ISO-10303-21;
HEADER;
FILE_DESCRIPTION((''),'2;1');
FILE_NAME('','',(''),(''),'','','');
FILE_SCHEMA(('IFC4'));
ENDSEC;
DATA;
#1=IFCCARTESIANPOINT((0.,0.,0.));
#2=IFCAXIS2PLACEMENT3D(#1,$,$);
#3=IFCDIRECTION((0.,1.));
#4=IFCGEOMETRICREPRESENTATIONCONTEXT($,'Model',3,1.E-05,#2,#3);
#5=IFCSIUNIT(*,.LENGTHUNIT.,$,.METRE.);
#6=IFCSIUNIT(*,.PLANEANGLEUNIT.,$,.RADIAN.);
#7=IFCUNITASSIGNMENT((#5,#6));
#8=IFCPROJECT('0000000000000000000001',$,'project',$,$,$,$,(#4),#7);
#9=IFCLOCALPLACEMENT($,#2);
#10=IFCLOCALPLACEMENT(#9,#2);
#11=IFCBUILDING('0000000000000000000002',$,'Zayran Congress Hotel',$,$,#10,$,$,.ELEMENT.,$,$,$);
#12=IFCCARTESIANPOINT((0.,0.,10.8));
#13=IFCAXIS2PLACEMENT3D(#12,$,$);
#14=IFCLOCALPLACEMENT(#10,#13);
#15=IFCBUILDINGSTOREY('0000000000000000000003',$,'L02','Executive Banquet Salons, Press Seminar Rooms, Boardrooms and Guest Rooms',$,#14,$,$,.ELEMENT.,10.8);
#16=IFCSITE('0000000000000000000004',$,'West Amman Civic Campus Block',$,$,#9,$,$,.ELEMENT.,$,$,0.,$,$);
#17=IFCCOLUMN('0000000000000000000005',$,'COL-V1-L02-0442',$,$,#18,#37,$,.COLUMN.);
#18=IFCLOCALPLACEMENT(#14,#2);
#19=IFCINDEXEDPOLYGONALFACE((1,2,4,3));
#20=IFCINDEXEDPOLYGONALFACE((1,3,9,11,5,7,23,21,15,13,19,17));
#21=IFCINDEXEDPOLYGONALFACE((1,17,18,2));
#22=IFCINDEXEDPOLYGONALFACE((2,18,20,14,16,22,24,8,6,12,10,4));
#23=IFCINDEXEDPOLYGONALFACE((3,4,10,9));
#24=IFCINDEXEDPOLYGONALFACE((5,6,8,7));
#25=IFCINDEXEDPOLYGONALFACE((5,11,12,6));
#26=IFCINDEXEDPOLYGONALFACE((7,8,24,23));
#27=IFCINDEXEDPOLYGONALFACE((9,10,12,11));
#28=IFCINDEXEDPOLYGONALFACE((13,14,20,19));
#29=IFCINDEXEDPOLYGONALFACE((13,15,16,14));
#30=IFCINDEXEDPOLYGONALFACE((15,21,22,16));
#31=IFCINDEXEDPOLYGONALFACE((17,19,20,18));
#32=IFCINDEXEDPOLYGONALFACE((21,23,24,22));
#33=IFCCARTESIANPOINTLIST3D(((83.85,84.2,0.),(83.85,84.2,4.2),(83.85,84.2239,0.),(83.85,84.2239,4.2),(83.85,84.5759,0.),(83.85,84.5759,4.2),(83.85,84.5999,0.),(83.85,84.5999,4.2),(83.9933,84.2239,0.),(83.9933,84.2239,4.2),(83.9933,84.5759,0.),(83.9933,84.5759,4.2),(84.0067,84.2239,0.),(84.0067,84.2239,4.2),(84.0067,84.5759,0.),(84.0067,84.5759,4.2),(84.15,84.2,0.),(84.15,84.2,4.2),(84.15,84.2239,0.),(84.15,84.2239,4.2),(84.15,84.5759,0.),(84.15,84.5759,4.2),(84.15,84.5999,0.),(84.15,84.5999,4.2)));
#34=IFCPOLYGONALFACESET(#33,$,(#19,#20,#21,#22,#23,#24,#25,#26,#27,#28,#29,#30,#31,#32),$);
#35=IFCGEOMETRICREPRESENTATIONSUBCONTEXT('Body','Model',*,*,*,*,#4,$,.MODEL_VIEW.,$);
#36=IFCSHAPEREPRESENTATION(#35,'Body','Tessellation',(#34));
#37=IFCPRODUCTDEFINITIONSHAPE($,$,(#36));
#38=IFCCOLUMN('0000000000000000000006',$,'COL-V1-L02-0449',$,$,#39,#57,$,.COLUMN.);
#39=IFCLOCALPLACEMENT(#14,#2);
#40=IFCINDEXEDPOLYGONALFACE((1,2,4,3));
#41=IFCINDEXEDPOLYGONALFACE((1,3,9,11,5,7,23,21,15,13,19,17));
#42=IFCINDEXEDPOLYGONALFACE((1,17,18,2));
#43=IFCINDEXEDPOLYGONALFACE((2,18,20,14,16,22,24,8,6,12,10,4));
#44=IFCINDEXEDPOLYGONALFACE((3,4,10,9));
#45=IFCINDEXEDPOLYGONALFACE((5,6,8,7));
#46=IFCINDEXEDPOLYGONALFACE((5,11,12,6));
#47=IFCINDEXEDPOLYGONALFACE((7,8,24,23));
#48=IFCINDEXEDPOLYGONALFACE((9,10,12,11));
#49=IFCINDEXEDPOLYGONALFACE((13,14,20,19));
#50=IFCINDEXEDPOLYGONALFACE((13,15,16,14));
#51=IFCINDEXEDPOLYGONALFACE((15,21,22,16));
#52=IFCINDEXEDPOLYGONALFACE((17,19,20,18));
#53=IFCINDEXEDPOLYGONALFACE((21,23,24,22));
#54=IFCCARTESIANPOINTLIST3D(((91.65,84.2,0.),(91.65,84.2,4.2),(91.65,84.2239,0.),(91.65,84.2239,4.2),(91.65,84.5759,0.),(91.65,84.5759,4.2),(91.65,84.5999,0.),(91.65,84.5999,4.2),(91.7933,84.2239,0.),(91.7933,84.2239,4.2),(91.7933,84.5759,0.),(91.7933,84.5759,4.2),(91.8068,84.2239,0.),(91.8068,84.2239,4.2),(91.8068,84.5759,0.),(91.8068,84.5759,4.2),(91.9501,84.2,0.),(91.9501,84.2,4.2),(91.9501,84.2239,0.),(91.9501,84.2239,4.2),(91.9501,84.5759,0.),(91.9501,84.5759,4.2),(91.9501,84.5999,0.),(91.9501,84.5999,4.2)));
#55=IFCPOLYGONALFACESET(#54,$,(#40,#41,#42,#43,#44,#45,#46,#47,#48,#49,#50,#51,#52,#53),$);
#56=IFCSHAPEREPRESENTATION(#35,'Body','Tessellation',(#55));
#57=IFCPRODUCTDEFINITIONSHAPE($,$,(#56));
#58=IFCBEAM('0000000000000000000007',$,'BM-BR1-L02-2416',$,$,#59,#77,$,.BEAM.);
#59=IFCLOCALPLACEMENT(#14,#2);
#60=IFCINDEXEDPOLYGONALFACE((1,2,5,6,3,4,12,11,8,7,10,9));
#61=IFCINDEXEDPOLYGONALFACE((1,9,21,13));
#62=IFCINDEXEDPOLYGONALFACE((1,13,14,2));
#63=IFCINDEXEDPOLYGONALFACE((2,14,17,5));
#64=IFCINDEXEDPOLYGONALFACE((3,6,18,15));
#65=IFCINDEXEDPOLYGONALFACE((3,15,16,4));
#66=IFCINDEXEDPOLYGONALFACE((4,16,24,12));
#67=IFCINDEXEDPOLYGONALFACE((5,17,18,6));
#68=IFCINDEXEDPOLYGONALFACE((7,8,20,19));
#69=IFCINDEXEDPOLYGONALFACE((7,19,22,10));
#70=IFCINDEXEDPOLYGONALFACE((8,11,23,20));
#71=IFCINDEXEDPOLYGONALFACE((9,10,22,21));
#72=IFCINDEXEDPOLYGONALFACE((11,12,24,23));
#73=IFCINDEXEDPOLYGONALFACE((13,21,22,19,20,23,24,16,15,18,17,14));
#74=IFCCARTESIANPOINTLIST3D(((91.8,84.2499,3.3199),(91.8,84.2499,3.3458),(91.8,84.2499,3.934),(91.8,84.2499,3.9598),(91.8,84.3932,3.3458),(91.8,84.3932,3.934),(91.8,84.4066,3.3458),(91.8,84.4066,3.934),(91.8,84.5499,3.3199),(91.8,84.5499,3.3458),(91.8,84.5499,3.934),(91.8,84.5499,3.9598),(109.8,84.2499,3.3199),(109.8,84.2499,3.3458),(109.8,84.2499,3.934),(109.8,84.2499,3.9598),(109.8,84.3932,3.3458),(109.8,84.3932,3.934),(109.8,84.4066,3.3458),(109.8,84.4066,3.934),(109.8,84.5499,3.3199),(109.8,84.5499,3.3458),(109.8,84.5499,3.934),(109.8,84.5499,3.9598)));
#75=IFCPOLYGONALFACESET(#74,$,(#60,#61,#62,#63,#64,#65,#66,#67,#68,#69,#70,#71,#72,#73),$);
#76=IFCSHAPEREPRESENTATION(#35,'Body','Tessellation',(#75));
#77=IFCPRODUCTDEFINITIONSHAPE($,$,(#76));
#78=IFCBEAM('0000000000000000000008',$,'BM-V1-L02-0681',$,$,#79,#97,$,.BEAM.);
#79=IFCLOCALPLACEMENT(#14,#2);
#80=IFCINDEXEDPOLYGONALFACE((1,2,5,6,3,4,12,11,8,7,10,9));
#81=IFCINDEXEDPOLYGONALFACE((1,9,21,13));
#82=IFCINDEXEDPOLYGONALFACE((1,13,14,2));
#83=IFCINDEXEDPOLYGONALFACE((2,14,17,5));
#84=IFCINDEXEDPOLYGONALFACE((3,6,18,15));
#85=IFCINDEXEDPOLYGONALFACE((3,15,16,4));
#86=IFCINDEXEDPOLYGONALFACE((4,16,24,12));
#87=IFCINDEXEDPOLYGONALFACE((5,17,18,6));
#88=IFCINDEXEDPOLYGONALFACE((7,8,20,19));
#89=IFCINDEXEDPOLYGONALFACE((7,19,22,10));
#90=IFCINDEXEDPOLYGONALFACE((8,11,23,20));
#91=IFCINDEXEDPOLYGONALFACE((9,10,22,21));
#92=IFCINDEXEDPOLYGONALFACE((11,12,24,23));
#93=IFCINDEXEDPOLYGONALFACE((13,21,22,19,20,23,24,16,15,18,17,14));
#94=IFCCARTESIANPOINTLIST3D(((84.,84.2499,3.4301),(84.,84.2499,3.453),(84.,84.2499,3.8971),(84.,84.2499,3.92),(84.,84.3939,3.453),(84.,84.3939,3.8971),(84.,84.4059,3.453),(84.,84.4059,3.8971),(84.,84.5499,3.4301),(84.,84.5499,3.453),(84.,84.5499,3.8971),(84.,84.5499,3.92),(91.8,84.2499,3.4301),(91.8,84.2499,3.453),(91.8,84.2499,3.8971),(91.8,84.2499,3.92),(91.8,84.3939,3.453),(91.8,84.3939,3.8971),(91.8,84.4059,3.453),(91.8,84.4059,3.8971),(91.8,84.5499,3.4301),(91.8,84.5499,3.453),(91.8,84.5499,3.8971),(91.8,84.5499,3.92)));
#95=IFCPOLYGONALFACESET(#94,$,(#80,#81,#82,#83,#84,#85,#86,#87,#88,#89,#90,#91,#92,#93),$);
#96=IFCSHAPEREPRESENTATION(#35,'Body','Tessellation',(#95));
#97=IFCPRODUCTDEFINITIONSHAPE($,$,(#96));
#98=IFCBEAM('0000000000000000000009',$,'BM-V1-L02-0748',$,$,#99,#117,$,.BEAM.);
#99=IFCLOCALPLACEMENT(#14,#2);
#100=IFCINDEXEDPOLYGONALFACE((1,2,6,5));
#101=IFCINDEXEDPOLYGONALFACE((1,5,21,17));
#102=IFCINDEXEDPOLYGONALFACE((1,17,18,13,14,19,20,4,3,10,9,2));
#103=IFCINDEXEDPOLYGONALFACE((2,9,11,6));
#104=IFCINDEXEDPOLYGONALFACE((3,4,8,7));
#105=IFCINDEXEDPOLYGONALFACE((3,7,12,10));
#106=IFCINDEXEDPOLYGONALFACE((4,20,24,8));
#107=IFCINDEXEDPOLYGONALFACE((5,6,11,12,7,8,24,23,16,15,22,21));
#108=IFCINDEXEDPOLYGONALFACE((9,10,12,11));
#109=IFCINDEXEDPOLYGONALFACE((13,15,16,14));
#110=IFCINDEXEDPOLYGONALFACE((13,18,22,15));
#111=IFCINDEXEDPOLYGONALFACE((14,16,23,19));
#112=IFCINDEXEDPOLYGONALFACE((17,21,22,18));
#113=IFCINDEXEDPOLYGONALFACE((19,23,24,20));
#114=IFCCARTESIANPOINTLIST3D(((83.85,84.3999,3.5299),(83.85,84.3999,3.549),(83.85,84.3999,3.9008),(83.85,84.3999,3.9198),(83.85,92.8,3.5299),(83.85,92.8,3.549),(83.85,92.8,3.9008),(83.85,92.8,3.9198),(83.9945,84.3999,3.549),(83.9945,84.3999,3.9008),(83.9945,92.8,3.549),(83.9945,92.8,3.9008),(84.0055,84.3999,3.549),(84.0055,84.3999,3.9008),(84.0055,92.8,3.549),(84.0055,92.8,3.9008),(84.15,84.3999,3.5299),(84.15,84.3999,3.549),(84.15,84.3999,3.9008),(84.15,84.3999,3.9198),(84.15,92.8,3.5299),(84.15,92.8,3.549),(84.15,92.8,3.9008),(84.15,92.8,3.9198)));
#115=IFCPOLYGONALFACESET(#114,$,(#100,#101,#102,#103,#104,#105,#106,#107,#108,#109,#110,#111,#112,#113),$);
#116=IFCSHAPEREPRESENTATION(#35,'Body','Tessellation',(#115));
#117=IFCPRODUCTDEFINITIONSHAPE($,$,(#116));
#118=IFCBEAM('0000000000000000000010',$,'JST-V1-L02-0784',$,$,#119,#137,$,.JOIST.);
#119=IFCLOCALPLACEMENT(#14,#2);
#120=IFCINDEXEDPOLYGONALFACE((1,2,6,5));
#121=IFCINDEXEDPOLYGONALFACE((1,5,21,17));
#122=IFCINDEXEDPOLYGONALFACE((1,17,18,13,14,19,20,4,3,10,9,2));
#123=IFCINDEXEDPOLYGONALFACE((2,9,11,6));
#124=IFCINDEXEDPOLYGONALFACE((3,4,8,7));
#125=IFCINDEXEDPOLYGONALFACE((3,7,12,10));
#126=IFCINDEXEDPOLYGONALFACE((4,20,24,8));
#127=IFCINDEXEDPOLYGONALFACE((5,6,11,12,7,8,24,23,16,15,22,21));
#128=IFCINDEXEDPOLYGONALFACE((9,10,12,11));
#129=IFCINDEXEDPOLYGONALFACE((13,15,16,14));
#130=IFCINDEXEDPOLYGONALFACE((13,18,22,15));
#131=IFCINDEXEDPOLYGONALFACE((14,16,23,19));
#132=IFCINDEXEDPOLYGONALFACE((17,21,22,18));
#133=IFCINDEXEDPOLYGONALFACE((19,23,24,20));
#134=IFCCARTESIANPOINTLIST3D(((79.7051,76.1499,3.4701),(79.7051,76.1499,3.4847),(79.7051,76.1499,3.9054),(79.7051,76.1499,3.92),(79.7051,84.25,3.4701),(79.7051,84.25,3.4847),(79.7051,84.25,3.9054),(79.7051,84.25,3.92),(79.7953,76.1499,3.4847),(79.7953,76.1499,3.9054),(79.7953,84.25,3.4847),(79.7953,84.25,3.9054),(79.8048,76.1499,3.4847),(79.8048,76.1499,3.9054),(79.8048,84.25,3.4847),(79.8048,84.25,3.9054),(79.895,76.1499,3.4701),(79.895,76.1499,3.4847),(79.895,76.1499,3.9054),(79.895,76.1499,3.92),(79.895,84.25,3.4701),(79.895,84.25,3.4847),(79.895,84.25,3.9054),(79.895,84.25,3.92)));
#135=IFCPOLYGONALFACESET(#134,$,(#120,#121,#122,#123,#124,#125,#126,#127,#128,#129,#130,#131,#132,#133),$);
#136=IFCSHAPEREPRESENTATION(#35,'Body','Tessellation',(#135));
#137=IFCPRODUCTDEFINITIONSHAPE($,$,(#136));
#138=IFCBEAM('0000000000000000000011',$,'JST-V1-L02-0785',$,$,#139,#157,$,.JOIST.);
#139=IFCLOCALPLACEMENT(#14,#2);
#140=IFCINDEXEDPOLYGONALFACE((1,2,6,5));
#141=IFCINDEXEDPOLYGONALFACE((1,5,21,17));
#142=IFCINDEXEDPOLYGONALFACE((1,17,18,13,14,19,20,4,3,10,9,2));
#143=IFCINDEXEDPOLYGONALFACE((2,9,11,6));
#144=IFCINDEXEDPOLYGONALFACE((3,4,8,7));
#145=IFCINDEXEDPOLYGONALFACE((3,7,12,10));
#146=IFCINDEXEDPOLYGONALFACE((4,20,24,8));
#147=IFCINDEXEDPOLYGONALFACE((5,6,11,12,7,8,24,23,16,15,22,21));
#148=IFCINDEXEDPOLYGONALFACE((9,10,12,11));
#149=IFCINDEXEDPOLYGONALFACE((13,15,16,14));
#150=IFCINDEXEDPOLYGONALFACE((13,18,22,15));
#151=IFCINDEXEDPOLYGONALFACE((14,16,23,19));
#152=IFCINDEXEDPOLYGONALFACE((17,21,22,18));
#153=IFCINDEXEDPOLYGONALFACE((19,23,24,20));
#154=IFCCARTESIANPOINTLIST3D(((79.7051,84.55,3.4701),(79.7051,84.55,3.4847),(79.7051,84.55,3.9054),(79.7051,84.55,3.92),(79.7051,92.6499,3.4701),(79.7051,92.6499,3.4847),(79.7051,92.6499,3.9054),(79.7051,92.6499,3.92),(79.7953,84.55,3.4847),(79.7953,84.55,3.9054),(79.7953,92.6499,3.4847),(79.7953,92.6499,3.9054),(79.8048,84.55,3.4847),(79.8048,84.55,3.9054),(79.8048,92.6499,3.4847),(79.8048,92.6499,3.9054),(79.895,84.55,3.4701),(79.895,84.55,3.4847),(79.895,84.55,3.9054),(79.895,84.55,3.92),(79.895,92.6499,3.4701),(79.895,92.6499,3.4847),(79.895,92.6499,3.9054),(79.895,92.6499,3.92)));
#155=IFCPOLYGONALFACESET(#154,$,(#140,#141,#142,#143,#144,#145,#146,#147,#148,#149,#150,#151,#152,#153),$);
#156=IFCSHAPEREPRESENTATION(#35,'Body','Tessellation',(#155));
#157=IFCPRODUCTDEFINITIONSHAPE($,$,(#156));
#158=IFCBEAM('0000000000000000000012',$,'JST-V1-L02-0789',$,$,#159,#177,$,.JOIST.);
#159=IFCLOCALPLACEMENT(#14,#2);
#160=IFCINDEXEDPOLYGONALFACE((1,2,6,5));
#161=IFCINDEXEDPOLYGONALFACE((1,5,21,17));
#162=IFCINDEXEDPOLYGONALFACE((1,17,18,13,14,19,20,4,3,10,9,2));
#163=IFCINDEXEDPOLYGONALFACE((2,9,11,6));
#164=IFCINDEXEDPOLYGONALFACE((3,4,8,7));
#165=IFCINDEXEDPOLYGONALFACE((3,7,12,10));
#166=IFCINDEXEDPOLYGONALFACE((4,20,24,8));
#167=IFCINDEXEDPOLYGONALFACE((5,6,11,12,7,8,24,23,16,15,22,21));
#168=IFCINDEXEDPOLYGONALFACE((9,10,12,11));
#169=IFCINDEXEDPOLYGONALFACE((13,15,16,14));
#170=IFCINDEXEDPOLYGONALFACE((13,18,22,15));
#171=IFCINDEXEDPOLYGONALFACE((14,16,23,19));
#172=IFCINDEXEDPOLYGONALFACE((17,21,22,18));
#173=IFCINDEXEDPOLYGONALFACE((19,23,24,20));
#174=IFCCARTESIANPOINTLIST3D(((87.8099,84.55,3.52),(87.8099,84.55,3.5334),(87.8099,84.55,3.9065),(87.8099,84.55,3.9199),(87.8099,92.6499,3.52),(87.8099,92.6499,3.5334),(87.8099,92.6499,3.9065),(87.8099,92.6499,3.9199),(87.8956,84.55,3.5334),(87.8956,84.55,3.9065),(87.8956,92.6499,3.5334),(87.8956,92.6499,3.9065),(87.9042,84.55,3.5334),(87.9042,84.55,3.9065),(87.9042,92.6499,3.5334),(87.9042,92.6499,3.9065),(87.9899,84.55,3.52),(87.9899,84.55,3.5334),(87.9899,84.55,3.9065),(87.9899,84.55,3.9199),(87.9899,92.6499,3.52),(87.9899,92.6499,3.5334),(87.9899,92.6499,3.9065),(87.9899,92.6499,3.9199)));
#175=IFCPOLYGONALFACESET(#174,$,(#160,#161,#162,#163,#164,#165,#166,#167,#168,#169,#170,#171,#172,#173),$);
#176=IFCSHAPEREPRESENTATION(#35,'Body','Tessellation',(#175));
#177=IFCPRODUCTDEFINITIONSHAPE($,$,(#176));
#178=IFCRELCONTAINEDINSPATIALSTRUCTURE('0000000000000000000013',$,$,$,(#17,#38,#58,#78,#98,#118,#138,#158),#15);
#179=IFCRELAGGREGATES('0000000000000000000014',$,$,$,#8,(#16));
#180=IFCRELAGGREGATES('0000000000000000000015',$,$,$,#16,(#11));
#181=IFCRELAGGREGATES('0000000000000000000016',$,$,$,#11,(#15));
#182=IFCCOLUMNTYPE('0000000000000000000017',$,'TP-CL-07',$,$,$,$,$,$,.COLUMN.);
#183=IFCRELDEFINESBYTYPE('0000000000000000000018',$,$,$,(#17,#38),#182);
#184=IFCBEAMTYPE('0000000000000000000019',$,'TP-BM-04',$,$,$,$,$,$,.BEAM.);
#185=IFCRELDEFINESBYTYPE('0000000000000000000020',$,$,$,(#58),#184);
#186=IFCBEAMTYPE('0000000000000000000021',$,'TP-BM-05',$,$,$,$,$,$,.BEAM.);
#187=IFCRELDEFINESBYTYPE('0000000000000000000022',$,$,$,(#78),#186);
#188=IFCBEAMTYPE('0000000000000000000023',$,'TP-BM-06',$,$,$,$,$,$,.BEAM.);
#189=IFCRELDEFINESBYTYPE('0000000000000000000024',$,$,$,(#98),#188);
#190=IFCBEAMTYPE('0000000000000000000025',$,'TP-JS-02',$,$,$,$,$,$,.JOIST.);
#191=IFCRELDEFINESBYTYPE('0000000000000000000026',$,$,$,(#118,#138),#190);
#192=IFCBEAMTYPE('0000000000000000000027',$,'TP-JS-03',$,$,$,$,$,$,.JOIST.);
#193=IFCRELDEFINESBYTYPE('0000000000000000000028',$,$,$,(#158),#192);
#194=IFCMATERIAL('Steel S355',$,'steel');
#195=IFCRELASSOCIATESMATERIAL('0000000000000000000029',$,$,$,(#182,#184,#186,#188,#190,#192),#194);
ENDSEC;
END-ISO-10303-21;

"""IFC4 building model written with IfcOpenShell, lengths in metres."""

from ifc_helpers import new_model, si_unit, direction, frame, origin, origin_2d, place, context, subcontext, project, spatial, i_section, extrude, material, material_profile, profile_set, type_object, element, save


model = new_model("IFC4")

# Units and contexts
model_context = context("Model", 3, precision=1e-05, world=origin(), true_north=direction((0.0, 1.0)))
body_context = subcontext(model_context, "Body", "Model", "MODEL_VIEW")
ifc_project = project(units=[si_unit("LENGTHUNIT", "METRE"), si_unit("PLANEANGLEUNIT", "RADIAN")], contexts=[model_context])

# Site, building, storey
site_placement = place(None, origin())
site = spatial("IfcSite", under=ifc_project, at=site_placement, Name="West Amman Civic Campus Block", CompositionType="ELEMENT", RefElevation=0.0)
building_placement = place(site_placement, origin())
building = spatial("IfcBuilding", under=site, at=building_placement, Name="Zayran Congress Hotel", CompositionType="ELEMENT")
storey_placement = place(building_placement, frame((0.0, 0.0, 10.8)))
storey = spatial("IfcBuildingStorey", under=building, at=storey_placement, Name="L02", Description="Executive Banquet Salons, Press Seminar Rooms, Boardrooms and Guest Rooms", CompositionType="ELEMENT", Elevation=10.8)

# Columns
ifc_material_1 = material(Name="Steel S355", Category="steel")
ifc_material_profile_1 = material_profile(ifc_material_1, i_section(OverallWidth=0.3, OverallDepth=0.3999, WebThickness=0.0134, FlangeThickness=0.0239, at=origin_2d()), Name="HEB 400")
ifc_profile_set_1 = profile_set([ifc_material_profile_1], Name="Steel S355")
column_type = type_object("IfcColumnType", Name="TP-CL-07", PredefinedType="COLUMN", material=ifc_profile_set_1)
for number, where, z_axis, x_axis, name in (
    (1, (84.0, 84.3999, 0.0), (0.0, 0.0, 1.0), (1.0, 0.0, 0.0), "COL-V1-L02-0442"),
    (2, (91.8, 84.3999, 0.0), (0.0, 0.0, 1.0), (1.0, 0.0, 0.0), "COL-V1-L02-0449"),
):
    element("IfcColumn", number, at=place(storey_placement, frame(where, z_axis=z_axis, x_axis=x_axis)), inside=storey, type_object=column_type, Name=name, PredefinedType="COLUMN", context=body_context, shape_type="SweptSolid", body=[
        extrude(i_section(OverallWidth=0.3, OverallDepth=0.3999, WebThickness=0.0134, FlangeThickness=0.0239, at=origin_2d()), origin(), (0.0, 0.0, 1.0), 4.2),
    ])

# Beams
ifc_material_profile_2 = material_profile(ifc_material_1, i_section(OverallWidth=0.3, OverallDepth=0.6399, WebThickness=0.0134, FlangeThickness=0.0259, at=origin_2d()), Name="HEA 650")
ifc_profile_set_2 = profile_set([ifc_material_profile_2], Name="Steel S355")
beam_type_1 = type_object("IfcBeamType", Name="TP-BM-04", PredefinedType="BEAM", material=ifc_profile_set_2)
beam_1_placement = place(storey_placement, frame((91.8, 84.3999, 3.6399), z_axis=(1.0, 0.0, 0.0), x_axis=(0.0, 1.0, 0.0)))
element("IfcBeam", 3, at=beam_1_placement, inside=storey, type_object=beam_type_1, Name="BM-BR1-L02-2416", PredefinedType="BEAM", context=body_context, shape_type="SweptSolid", body=[
    extrude(i_section(OverallWidth=0.3, OverallDepth=0.6399, WebThickness=0.0134, FlangeThickness=0.0259, at=origin_2d()), origin(), (0.0, 0.0, 1.0), 18.0),
])
ifc_material_profile_3 = material_profile(ifc_material_1, i_section(OverallWidth=0.3, OverallDepth=0.49, WebThickness=0.012, FlangeThickness=0.0229, at=origin_2d()), Name="HEA 500")
ifc_profile_set_3 = profile_set([ifc_material_profile_3], Name="Steel S355")
beam_type_2 = type_object("IfcBeamType", Name="TP-BM-05", PredefinedType="BEAM", material=ifc_profile_set_3)
beam_2_placement = place(storey_placement, frame((84.0, 84.3999, 3.675), z_axis=(1.0, 0.0, 0.0), x_axis=(0.0, 1.0, 0.0)))
element("IfcBeam", 4, at=beam_2_placement, inside=storey, type_object=beam_type_2, Name="BM-V1-L02-0681", PredefinedType="BEAM", context=body_context, shape_type="SweptSolid", body=[
    extrude(i_section(OverallWidth=0.3, OverallDepth=0.49, WebThickness=0.012, FlangeThickness=0.0229, at=origin_2d()), origin(), (0.0, 0.0, 1.0), 7.8),
])
ifc_material_profile_4 = material_profile(ifc_material_1, i_section(OverallWidth=0.3, OverallDepth=0.3899, WebThickness=0.011, FlangeThickness=0.019, at=origin_2d()), Name="HEA 400")
ifc_profile_set_4 = profile_set([ifc_material_profile_4], Name="Steel S355")
beam_type_3 = type_object("IfcBeamType", Name="TP-BM-06", PredefinedType="BEAM", material=ifc_profile_set_4)
beam_3_placement = place(storey_placement, frame((84.0, 84.3999, 3.7249), z_axis=(0.0, 1.0, 0.0), x_axis=(-1.0, 0.0, 0.0)))
element("IfcBeam", 5, at=beam_3_placement, inside=storey, type_object=beam_type_3, Name="BM-V1-L02-0748", PredefinedType="BEAM", context=body_context, shape_type="SweptSolid", body=[
    extrude(i_section(OverallWidth=0.3, OverallDepth=0.3899, WebThickness=0.011, FlangeThickness=0.019, at=origin_2d()), origin(), (0.0, 0.0, 1.0), 8.4001),
])
ifc_material_profile_5 = material_profile(ifc_material_1, i_section(OverallWidth=0.1899, OverallDepth=0.45, WebThickness=0.0095, FlangeThickness=0.0146, at=origin_2d()), Name="IPE 450")
ifc_profile_set_5 = profile_set([ifc_material_profile_5], Name="Steel S355")
beam_type_4 = type_object("IfcBeamType", Name="TP-JS-02", PredefinedType="JOIST", material=ifc_profile_set_5)
beam_4_placement = place(storey_placement, frame((79.8, 76.1499, 3.6951), z_axis=(0.0, 1.0, 0.0), x_axis=(-1.0, 0.0, 0.0)))
element("IfcBeam", 6, at=beam_4_placement, inside=storey, type_object=beam_type_4, Name="JST-V1-L02-0784", PredefinedType="JOIST", context=body_context, shape_type="SweptSolid", body=[
    extrude(i_section(OverallWidth=0.1899, OverallDepth=0.45, WebThickness=0.0095, FlangeThickness=0.0146, at=origin_2d()), origin(), (0.0, 0.0, 1.0), 8.1001),
])
beam_5_placement = place(storey_placement, frame((79.8, 84.55, 3.6951), z_axis=(0.0, 1.0, 0.0), x_axis=(-1.0, 0.0, 0.0)))
element("IfcBeam", 7, at=beam_5_placement, inside=storey, type_object=beam_type_4, Name="JST-V1-L02-0785", PredefinedType="JOIST", context=body_context, shape_type="SweptSolid", body=[
    extrude(i_section(OverallWidth=0.1899, OverallDepth=0.45, WebThickness=0.0095, FlangeThickness=0.0146, at=origin_2d()), origin(), (0.0, 0.0, 1.0), 8.0999),
])
ifc_material_profile_6 = material_profile(ifc_material_1, i_section(OverallWidth=0.1799, OverallDepth=0.3999, WebThickness=0.0085, FlangeThickness=0.0134, at=origin_2d()), Name="IPE 400")
ifc_profile_set_6 = profile_set([ifc_material_profile_6], Name="Steel S355")
beam_type_5 = type_object("IfcBeamType", Name="TP-JS-03", PredefinedType="JOIST", material=ifc_profile_set_6)
beam_6_placement = place(storey_placement, frame((87.8999, 84.55, 3.72), z_axis=(0.0, 1.0, 0.0), x_axis=(-1.0, 0.0, 0.0)))
element("IfcBeam", 8, at=beam_6_placement, inside=storey, type_object=beam_type_5, Name="JST-V1-L02-0789", PredefinedType="JOIST", context=body_context, shape_type="SweptSolid", body=[
    extrude(i_section(OverallWidth=0.1799, OverallDepth=0.3999, WebThickness=0.0085, FlangeThickness=0.0134, at=origin_2d()), origin(), (0.0, 0.0, 1.0), 8.0999),
])

save(model, "model.ifc")
